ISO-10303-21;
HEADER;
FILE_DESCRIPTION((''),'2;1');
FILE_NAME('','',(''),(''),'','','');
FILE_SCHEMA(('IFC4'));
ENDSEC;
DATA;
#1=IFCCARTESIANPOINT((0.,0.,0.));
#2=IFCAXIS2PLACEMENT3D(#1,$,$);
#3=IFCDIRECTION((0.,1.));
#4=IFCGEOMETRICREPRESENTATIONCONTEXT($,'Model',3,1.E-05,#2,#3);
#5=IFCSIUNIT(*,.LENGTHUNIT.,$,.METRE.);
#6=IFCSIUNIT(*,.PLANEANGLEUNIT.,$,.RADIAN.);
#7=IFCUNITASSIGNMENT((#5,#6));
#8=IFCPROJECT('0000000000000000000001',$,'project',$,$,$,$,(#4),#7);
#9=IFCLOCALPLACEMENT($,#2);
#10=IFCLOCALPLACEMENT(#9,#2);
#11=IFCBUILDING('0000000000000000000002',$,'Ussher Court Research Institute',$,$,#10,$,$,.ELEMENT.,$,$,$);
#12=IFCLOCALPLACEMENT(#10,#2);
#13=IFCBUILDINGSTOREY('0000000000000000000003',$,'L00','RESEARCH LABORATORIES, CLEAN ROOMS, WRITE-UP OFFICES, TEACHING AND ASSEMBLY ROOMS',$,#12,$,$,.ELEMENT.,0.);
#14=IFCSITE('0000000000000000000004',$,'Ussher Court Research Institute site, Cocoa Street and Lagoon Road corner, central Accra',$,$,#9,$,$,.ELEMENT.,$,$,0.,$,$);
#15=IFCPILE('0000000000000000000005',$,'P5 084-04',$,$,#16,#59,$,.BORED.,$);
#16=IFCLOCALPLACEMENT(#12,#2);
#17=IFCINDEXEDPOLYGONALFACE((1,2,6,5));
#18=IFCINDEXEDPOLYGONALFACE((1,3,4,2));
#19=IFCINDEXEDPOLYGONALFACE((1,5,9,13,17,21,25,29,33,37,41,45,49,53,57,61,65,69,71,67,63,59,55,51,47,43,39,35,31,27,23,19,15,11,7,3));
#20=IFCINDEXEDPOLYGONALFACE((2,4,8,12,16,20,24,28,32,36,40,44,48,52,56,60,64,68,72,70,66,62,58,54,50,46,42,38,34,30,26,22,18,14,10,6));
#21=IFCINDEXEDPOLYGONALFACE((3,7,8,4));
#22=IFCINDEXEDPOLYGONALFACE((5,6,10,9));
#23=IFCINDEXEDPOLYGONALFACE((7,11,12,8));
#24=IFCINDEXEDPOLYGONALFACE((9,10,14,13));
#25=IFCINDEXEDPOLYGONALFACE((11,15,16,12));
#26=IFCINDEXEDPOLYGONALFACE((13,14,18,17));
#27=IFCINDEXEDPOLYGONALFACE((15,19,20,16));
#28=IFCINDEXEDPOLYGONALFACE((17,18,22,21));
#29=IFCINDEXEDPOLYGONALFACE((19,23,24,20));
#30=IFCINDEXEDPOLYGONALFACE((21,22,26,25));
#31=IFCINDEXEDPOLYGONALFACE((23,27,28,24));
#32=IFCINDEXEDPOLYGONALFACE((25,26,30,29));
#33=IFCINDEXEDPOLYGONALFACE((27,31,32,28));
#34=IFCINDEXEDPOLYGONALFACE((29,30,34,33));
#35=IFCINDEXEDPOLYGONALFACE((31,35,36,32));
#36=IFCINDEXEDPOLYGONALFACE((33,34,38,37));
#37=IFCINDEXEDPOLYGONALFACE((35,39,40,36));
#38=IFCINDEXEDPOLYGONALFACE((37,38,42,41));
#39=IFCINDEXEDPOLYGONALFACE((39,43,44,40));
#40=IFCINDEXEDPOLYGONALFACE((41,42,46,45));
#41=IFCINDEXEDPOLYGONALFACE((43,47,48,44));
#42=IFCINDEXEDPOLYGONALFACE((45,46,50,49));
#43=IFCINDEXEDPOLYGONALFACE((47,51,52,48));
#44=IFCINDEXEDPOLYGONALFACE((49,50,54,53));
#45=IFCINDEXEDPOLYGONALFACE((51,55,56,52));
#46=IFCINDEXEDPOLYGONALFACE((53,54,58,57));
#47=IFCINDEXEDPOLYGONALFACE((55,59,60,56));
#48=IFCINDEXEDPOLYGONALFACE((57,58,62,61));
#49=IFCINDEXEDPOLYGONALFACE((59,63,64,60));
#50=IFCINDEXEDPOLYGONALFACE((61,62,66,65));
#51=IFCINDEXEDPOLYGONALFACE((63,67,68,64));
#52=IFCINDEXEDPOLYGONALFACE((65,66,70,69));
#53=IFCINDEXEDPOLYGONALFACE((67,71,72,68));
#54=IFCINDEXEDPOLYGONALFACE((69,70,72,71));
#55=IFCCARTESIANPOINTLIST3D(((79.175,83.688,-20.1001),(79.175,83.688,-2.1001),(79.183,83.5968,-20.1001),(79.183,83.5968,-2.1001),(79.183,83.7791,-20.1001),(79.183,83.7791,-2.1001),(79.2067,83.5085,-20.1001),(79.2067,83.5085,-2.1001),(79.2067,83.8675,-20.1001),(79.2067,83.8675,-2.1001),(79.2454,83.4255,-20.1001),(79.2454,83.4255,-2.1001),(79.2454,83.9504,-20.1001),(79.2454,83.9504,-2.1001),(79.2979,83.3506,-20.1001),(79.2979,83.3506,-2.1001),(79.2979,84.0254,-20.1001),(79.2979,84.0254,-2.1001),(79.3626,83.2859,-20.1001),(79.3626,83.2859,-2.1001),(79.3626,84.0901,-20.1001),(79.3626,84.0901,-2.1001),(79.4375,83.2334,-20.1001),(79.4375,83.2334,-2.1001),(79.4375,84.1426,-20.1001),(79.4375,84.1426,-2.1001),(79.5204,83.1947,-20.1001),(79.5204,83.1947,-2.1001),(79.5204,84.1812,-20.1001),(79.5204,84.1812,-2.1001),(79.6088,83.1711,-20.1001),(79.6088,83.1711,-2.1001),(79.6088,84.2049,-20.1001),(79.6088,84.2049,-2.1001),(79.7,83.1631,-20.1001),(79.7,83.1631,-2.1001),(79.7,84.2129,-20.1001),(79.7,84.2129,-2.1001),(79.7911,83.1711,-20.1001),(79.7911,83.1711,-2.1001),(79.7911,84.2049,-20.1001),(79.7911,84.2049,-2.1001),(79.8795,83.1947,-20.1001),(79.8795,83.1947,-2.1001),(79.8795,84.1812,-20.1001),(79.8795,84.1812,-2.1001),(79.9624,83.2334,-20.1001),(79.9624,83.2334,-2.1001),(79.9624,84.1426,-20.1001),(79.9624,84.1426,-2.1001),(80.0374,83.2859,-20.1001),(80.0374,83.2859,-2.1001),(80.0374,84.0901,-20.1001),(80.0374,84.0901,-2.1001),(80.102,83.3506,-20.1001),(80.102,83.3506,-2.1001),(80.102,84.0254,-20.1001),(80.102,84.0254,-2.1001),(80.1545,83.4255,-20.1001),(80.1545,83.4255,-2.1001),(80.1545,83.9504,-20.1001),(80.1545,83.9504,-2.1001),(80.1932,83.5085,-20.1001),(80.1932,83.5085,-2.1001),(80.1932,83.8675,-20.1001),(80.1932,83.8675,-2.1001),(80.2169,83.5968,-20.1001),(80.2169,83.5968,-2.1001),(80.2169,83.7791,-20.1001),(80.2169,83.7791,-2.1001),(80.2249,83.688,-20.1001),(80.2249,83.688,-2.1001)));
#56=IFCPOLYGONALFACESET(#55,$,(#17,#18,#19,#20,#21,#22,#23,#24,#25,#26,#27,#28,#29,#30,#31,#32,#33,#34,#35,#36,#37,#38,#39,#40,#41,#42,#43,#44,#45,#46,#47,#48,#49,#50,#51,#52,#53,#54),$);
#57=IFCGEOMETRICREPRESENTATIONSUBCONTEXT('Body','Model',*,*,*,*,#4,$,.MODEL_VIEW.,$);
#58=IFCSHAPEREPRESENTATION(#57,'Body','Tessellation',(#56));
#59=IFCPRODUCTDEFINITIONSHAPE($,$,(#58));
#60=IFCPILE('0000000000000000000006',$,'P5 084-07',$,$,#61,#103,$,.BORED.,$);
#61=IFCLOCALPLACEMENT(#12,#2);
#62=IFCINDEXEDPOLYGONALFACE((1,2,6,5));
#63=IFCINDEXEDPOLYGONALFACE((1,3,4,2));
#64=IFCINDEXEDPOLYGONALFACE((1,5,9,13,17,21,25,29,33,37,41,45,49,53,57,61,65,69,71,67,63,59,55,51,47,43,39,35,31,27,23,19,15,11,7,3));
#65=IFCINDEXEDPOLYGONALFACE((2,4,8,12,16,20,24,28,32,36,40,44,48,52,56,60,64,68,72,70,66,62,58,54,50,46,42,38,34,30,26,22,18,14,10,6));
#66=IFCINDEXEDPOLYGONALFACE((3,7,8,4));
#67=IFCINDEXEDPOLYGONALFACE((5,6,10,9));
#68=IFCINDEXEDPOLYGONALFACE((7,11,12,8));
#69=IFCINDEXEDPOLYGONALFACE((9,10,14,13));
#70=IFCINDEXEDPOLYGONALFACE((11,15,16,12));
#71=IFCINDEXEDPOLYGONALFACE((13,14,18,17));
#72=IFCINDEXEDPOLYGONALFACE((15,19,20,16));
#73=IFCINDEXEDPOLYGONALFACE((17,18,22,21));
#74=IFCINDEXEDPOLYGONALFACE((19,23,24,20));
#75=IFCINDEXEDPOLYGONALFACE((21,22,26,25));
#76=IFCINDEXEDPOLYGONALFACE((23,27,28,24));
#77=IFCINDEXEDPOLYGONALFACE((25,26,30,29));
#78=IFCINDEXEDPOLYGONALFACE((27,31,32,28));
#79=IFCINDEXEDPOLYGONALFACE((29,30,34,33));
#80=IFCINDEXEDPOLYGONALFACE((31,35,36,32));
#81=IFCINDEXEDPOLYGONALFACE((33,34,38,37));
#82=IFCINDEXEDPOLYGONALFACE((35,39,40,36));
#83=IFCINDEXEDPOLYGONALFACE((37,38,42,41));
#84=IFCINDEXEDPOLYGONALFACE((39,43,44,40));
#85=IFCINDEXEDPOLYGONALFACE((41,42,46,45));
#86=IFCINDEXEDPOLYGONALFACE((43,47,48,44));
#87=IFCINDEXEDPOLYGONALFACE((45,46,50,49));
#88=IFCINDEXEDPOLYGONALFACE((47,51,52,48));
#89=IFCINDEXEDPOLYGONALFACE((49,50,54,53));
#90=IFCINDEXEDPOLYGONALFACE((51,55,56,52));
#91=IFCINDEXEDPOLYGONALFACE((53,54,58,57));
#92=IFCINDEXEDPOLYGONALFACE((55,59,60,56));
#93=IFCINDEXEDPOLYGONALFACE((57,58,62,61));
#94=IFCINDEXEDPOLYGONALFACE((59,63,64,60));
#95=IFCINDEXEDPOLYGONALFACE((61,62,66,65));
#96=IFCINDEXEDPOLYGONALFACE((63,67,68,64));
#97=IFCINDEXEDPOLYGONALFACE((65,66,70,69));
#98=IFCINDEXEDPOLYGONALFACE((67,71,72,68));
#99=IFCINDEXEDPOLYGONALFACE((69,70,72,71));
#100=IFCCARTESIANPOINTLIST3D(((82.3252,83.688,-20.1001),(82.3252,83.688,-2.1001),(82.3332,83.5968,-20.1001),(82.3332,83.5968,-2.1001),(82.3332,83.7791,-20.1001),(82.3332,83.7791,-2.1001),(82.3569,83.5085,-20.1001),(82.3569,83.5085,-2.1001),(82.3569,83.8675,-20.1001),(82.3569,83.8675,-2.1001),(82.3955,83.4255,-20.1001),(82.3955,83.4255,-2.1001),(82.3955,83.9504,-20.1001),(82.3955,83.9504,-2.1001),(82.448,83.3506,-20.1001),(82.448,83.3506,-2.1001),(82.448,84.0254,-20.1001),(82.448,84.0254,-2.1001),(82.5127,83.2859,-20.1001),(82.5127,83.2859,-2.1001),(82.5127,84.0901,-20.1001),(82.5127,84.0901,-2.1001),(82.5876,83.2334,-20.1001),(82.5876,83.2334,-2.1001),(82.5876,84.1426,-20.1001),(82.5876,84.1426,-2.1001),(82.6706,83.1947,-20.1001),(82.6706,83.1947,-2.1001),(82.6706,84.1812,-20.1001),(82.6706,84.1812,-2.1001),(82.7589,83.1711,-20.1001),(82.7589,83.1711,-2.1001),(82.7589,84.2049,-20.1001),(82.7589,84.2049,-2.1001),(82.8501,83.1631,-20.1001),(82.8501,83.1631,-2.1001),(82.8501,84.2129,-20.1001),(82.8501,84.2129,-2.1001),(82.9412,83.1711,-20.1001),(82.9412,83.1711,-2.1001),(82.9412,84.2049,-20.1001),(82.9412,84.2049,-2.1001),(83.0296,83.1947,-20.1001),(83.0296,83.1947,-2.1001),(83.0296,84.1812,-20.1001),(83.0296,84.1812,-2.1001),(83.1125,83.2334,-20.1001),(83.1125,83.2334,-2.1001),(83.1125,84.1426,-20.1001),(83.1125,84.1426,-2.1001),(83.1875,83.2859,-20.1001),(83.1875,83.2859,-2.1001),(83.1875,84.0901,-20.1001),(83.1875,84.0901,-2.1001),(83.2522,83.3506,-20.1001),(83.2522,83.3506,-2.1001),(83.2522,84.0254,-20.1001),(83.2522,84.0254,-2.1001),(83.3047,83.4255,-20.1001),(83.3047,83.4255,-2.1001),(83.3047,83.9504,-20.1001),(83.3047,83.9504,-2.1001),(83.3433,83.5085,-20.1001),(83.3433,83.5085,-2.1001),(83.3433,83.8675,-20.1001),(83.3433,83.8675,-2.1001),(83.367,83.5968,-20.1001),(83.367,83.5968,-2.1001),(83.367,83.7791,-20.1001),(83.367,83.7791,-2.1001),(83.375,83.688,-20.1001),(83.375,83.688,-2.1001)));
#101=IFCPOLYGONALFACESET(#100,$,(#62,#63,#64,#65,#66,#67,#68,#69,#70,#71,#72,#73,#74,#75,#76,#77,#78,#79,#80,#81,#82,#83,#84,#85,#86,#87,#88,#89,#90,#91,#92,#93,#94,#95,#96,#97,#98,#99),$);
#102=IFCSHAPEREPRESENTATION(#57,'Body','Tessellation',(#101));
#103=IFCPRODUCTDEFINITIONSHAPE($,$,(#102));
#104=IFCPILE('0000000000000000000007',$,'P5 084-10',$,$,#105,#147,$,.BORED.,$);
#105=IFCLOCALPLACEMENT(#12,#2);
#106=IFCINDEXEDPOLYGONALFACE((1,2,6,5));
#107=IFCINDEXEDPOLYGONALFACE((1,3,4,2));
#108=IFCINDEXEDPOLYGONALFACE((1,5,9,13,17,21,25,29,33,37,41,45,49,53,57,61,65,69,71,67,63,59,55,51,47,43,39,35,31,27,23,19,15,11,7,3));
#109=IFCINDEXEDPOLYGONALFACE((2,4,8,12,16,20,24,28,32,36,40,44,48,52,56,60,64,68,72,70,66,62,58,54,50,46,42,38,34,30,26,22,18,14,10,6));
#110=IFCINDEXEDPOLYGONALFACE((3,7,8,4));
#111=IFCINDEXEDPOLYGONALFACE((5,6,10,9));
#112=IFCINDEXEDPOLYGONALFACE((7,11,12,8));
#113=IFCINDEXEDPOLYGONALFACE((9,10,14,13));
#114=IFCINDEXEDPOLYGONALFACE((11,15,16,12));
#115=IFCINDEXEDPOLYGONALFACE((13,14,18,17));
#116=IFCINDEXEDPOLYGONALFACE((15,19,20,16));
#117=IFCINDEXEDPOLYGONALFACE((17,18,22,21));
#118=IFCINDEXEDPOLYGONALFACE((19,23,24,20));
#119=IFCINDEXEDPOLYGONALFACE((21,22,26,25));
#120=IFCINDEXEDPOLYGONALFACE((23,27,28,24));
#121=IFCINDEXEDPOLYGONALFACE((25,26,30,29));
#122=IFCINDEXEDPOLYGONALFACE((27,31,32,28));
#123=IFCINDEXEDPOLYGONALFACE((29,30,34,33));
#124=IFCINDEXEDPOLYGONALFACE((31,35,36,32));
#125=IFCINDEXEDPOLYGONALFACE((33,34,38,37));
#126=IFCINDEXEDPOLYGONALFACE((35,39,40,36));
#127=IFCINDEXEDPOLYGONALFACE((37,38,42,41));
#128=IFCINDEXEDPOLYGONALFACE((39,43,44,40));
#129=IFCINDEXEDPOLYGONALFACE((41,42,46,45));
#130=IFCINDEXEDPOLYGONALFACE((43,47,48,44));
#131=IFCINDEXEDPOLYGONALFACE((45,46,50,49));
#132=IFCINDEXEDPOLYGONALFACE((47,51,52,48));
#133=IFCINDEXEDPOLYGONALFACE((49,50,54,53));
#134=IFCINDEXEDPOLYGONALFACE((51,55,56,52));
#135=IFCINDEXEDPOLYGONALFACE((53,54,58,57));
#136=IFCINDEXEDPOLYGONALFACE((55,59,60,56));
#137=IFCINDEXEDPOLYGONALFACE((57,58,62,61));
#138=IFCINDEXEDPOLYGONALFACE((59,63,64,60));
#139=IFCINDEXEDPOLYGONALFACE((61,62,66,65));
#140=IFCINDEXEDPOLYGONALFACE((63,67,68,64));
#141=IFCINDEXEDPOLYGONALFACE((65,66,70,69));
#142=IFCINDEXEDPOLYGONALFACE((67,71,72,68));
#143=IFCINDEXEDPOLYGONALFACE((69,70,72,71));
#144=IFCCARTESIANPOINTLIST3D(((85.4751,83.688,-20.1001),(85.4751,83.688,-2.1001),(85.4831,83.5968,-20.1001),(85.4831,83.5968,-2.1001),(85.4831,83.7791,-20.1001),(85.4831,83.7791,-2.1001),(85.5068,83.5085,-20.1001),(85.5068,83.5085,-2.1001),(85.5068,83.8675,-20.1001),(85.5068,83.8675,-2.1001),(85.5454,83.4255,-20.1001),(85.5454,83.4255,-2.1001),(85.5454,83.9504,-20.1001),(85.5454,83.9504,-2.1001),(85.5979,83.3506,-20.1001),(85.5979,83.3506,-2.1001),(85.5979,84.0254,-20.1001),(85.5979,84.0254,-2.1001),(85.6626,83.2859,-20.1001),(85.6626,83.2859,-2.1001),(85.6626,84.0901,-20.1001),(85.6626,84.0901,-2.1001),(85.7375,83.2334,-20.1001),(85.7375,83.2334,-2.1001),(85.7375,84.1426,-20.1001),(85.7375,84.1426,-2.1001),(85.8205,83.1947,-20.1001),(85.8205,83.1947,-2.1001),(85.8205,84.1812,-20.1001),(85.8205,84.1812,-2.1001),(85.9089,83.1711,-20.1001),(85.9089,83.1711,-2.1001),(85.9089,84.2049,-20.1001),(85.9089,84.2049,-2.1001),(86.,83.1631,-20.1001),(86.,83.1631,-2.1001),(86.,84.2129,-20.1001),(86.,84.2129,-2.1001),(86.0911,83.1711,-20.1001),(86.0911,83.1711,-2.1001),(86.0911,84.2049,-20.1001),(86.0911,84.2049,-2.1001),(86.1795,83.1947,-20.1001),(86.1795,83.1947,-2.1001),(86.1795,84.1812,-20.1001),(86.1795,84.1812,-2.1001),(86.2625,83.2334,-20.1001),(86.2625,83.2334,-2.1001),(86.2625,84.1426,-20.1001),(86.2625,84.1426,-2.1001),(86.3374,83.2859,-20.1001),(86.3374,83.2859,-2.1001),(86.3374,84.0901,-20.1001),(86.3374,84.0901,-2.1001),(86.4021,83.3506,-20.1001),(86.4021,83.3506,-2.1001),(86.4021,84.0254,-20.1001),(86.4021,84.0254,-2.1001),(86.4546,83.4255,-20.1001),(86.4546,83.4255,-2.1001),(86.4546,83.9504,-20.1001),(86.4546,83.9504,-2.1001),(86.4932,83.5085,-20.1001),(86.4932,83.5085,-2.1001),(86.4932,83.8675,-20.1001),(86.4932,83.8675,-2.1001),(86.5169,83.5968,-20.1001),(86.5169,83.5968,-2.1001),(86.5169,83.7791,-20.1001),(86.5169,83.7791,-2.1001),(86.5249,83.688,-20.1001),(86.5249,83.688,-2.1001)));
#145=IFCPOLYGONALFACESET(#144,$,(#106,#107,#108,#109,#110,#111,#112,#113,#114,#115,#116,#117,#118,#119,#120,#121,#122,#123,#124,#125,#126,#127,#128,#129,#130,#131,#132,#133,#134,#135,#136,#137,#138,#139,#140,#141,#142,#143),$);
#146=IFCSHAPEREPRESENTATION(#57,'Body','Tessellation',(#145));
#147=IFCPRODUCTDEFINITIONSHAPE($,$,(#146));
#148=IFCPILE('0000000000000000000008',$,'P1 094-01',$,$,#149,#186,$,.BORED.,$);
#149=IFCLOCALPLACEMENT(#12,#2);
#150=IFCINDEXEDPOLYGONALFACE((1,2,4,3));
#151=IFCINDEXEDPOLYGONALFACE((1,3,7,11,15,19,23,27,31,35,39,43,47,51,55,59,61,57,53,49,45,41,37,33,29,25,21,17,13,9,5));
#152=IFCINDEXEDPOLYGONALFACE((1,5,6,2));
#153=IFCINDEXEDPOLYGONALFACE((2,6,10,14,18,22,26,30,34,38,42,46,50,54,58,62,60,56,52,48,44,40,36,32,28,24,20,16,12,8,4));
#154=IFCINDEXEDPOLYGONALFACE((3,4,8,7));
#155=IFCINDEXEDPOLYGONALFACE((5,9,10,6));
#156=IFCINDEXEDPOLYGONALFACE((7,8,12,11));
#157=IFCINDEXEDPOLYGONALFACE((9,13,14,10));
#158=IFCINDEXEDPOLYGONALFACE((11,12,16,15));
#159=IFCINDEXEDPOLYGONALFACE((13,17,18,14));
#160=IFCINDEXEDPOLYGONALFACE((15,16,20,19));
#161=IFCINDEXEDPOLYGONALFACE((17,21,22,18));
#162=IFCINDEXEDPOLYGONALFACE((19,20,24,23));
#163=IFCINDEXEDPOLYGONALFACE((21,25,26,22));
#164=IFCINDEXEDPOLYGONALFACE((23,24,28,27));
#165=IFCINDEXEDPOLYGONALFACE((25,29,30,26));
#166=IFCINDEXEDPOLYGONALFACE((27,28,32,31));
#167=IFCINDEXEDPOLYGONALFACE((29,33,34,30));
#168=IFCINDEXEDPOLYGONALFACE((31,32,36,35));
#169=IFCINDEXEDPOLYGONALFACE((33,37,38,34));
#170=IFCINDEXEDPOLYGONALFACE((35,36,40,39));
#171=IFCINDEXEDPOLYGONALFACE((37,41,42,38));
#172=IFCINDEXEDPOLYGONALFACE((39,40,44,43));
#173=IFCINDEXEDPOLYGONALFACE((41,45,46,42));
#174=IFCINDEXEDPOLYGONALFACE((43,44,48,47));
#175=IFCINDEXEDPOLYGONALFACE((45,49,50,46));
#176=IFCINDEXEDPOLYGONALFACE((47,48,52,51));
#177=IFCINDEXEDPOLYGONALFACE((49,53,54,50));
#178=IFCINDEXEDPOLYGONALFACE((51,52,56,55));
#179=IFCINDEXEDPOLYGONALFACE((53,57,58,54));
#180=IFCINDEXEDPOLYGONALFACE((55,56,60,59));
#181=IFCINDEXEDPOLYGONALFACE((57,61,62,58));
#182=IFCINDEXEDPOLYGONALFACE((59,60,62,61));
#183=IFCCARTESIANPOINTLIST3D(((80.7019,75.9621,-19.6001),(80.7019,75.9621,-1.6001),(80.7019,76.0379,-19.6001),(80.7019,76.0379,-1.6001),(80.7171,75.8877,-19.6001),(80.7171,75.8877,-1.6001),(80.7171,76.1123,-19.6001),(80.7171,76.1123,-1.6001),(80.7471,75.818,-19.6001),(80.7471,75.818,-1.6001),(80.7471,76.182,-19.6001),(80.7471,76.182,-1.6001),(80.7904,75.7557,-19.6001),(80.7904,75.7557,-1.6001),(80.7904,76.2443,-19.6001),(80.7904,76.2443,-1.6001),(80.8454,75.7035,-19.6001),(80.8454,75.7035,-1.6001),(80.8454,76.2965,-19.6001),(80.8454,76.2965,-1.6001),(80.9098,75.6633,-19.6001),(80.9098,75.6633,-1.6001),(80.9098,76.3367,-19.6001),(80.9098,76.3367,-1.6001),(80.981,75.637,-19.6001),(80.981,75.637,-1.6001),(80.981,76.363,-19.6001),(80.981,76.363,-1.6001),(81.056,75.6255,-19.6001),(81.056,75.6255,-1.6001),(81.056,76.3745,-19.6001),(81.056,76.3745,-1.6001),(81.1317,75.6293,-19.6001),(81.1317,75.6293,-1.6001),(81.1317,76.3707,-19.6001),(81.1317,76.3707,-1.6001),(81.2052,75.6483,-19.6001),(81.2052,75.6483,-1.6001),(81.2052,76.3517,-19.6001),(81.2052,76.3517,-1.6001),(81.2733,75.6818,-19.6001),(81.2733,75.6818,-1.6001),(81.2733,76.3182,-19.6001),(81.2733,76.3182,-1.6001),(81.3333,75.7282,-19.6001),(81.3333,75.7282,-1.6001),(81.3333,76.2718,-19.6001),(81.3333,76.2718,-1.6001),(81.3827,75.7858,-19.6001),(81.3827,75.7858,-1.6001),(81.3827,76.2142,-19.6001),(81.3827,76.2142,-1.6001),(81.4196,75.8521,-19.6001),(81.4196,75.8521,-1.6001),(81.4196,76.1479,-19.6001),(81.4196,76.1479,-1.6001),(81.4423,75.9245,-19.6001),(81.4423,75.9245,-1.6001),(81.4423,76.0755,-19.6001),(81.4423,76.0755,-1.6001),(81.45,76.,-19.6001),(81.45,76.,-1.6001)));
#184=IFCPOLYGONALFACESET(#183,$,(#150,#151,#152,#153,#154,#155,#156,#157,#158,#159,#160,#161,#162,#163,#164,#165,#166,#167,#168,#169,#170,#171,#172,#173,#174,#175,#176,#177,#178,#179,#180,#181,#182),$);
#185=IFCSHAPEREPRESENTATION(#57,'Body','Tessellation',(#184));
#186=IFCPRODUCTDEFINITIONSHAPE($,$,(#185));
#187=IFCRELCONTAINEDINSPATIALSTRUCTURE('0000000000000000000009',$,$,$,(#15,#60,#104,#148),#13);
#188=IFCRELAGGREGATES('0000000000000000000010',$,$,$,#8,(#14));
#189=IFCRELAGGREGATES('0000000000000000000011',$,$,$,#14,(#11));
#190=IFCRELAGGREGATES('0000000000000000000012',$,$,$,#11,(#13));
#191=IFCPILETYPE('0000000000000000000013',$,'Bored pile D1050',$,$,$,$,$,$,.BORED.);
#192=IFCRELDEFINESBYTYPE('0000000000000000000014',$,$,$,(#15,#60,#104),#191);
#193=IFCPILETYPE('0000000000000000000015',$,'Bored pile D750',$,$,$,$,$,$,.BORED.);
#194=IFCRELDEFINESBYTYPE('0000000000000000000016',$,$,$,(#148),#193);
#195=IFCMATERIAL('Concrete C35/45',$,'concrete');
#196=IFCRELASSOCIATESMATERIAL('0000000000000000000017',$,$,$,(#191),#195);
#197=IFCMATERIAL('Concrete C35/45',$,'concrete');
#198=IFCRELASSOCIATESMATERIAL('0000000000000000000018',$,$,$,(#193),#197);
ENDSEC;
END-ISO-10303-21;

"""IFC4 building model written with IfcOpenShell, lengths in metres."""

from ifc_helpers import new_model, si_unit, direction, frame, origin, origin_2d, place, context, subcontext, project, spatial, circle, extrude, material, material_profile, profile_set, type_object, element, save


model = new_model("IFC4")

# Units and contexts
model_context = context("Model", 3, precision=1e-05, world=origin(), true_north=direction((0.0, 1.0)))
body_context = subcontext(model_context, "Body", "Model", "MODEL_VIEW")
ifc_project = project(units=[si_unit("LENGTHUNIT", "METRE"), si_unit("PLANEANGLEUNIT", "RADIAN")], contexts=[model_context])

# Site, building, storey
site_placement = place(None, origin())
site = spatial("IfcSite", under=ifc_project, at=site_placement, Name="Ussher Court Research Institute site, Cocoa Street and Lagoon Road corner, central Accra", CompositionType="ELEMENT", RefElevation=0.0)
building_placement = place(site_placement, origin())
building = spatial("IfcBuilding", under=site, at=building_placement, Name="Ussher Court Research Institute", CompositionType="ELEMENT")
storey_placement = place(building_placement, origin())
storey = spatial("IfcBuildingStorey", under=building, at=storey_placement, Name="L00", Description="RESEARCH LABORATORIES, CLEAN ROOMS, WRITE-UP OFFICES, TEACHING AND ASSEMBLY ROOMS", CompositionType="ELEMENT", Elevation=0.0)

# Piles
ifc_material_1 = material(Name="Concrete C35/45", Category="concrete")
ifc_material_profile_1 = material_profile(ifc_material_1, circle(Radius=0.5249, at=origin_2d()), Name="RC D1050")
ifc_profile_set_1 = profile_set([ifc_material_profile_1], Name="Concrete C35/45")
pile_type_1 = type_object("IfcPileType", Name="Bored pile D1050", PredefinedType="BORED", material=ifc_profile_set_1)
for number, where, z_axis, x_axis, name in (
    (1, (79.7, 83.688, -2.1001), (0.0, 0.0, -1.0), (1.0, 0.0, 0.0), "P5 084-04"),
    (2, (82.8501, 83.688, -2.1001), (0.0, 0.0, -1.0), (1.0, 0.0, 0.0), "P5 084-07"),
    (3, (86.0, 83.688, -2.1001), (0.0, 0.0, -1.0), (1.0, 0.0, 0.0), "P5 084-10"),
):
    element("IfcPile", number, at=place(storey_placement, frame(where, z_axis=z_axis, x_axis=x_axis)), inside=storey, type_object=pile_type_1, Name=name, PredefinedType="BORED", context=body_context, shape_type="SweptSolid", body=[
        extrude(circle(Radius=0.5249, at=origin_2d()), origin(), (0.0, 0.0, 1.0), 18.0),
    ])
ifc_material_2 = material(Name="Concrete C35/45", Category="concrete")
ifc_material_profile_2 = material_profile(ifc_material_2, circle(Radius=0.375, at=origin_2d()), Name="RC D750")
ifc_profile_set_2 = profile_set([ifc_material_profile_2], Name="Concrete C35/45")
pile_type_2 = type_object("IfcPileType", Name="Bored pile D750", PredefinedType="BORED", material=ifc_profile_set_2)
for number, where, z_axis, x_axis, name in (
    (4, (81.075, 76.0, -1.6001), (0.0, 0.0, -1.0), (1.0, 0.0, 0.0), "P1 094-01"),
):
    element("IfcPile", number, at=place(storey_placement, frame(where, z_axis=z_axis, x_axis=x_axis)), inside=storey, type_object=pile_type_2, Name=name, PredefinedType="BORED", context=body_context, shape_type="SweptSolid", body=[
        extrude(circle(Radius=0.375, at=origin_2d()), origin(), (0.0, 0.0, 1.0), 18.0),
    ])

save(model, "model.ifc")
